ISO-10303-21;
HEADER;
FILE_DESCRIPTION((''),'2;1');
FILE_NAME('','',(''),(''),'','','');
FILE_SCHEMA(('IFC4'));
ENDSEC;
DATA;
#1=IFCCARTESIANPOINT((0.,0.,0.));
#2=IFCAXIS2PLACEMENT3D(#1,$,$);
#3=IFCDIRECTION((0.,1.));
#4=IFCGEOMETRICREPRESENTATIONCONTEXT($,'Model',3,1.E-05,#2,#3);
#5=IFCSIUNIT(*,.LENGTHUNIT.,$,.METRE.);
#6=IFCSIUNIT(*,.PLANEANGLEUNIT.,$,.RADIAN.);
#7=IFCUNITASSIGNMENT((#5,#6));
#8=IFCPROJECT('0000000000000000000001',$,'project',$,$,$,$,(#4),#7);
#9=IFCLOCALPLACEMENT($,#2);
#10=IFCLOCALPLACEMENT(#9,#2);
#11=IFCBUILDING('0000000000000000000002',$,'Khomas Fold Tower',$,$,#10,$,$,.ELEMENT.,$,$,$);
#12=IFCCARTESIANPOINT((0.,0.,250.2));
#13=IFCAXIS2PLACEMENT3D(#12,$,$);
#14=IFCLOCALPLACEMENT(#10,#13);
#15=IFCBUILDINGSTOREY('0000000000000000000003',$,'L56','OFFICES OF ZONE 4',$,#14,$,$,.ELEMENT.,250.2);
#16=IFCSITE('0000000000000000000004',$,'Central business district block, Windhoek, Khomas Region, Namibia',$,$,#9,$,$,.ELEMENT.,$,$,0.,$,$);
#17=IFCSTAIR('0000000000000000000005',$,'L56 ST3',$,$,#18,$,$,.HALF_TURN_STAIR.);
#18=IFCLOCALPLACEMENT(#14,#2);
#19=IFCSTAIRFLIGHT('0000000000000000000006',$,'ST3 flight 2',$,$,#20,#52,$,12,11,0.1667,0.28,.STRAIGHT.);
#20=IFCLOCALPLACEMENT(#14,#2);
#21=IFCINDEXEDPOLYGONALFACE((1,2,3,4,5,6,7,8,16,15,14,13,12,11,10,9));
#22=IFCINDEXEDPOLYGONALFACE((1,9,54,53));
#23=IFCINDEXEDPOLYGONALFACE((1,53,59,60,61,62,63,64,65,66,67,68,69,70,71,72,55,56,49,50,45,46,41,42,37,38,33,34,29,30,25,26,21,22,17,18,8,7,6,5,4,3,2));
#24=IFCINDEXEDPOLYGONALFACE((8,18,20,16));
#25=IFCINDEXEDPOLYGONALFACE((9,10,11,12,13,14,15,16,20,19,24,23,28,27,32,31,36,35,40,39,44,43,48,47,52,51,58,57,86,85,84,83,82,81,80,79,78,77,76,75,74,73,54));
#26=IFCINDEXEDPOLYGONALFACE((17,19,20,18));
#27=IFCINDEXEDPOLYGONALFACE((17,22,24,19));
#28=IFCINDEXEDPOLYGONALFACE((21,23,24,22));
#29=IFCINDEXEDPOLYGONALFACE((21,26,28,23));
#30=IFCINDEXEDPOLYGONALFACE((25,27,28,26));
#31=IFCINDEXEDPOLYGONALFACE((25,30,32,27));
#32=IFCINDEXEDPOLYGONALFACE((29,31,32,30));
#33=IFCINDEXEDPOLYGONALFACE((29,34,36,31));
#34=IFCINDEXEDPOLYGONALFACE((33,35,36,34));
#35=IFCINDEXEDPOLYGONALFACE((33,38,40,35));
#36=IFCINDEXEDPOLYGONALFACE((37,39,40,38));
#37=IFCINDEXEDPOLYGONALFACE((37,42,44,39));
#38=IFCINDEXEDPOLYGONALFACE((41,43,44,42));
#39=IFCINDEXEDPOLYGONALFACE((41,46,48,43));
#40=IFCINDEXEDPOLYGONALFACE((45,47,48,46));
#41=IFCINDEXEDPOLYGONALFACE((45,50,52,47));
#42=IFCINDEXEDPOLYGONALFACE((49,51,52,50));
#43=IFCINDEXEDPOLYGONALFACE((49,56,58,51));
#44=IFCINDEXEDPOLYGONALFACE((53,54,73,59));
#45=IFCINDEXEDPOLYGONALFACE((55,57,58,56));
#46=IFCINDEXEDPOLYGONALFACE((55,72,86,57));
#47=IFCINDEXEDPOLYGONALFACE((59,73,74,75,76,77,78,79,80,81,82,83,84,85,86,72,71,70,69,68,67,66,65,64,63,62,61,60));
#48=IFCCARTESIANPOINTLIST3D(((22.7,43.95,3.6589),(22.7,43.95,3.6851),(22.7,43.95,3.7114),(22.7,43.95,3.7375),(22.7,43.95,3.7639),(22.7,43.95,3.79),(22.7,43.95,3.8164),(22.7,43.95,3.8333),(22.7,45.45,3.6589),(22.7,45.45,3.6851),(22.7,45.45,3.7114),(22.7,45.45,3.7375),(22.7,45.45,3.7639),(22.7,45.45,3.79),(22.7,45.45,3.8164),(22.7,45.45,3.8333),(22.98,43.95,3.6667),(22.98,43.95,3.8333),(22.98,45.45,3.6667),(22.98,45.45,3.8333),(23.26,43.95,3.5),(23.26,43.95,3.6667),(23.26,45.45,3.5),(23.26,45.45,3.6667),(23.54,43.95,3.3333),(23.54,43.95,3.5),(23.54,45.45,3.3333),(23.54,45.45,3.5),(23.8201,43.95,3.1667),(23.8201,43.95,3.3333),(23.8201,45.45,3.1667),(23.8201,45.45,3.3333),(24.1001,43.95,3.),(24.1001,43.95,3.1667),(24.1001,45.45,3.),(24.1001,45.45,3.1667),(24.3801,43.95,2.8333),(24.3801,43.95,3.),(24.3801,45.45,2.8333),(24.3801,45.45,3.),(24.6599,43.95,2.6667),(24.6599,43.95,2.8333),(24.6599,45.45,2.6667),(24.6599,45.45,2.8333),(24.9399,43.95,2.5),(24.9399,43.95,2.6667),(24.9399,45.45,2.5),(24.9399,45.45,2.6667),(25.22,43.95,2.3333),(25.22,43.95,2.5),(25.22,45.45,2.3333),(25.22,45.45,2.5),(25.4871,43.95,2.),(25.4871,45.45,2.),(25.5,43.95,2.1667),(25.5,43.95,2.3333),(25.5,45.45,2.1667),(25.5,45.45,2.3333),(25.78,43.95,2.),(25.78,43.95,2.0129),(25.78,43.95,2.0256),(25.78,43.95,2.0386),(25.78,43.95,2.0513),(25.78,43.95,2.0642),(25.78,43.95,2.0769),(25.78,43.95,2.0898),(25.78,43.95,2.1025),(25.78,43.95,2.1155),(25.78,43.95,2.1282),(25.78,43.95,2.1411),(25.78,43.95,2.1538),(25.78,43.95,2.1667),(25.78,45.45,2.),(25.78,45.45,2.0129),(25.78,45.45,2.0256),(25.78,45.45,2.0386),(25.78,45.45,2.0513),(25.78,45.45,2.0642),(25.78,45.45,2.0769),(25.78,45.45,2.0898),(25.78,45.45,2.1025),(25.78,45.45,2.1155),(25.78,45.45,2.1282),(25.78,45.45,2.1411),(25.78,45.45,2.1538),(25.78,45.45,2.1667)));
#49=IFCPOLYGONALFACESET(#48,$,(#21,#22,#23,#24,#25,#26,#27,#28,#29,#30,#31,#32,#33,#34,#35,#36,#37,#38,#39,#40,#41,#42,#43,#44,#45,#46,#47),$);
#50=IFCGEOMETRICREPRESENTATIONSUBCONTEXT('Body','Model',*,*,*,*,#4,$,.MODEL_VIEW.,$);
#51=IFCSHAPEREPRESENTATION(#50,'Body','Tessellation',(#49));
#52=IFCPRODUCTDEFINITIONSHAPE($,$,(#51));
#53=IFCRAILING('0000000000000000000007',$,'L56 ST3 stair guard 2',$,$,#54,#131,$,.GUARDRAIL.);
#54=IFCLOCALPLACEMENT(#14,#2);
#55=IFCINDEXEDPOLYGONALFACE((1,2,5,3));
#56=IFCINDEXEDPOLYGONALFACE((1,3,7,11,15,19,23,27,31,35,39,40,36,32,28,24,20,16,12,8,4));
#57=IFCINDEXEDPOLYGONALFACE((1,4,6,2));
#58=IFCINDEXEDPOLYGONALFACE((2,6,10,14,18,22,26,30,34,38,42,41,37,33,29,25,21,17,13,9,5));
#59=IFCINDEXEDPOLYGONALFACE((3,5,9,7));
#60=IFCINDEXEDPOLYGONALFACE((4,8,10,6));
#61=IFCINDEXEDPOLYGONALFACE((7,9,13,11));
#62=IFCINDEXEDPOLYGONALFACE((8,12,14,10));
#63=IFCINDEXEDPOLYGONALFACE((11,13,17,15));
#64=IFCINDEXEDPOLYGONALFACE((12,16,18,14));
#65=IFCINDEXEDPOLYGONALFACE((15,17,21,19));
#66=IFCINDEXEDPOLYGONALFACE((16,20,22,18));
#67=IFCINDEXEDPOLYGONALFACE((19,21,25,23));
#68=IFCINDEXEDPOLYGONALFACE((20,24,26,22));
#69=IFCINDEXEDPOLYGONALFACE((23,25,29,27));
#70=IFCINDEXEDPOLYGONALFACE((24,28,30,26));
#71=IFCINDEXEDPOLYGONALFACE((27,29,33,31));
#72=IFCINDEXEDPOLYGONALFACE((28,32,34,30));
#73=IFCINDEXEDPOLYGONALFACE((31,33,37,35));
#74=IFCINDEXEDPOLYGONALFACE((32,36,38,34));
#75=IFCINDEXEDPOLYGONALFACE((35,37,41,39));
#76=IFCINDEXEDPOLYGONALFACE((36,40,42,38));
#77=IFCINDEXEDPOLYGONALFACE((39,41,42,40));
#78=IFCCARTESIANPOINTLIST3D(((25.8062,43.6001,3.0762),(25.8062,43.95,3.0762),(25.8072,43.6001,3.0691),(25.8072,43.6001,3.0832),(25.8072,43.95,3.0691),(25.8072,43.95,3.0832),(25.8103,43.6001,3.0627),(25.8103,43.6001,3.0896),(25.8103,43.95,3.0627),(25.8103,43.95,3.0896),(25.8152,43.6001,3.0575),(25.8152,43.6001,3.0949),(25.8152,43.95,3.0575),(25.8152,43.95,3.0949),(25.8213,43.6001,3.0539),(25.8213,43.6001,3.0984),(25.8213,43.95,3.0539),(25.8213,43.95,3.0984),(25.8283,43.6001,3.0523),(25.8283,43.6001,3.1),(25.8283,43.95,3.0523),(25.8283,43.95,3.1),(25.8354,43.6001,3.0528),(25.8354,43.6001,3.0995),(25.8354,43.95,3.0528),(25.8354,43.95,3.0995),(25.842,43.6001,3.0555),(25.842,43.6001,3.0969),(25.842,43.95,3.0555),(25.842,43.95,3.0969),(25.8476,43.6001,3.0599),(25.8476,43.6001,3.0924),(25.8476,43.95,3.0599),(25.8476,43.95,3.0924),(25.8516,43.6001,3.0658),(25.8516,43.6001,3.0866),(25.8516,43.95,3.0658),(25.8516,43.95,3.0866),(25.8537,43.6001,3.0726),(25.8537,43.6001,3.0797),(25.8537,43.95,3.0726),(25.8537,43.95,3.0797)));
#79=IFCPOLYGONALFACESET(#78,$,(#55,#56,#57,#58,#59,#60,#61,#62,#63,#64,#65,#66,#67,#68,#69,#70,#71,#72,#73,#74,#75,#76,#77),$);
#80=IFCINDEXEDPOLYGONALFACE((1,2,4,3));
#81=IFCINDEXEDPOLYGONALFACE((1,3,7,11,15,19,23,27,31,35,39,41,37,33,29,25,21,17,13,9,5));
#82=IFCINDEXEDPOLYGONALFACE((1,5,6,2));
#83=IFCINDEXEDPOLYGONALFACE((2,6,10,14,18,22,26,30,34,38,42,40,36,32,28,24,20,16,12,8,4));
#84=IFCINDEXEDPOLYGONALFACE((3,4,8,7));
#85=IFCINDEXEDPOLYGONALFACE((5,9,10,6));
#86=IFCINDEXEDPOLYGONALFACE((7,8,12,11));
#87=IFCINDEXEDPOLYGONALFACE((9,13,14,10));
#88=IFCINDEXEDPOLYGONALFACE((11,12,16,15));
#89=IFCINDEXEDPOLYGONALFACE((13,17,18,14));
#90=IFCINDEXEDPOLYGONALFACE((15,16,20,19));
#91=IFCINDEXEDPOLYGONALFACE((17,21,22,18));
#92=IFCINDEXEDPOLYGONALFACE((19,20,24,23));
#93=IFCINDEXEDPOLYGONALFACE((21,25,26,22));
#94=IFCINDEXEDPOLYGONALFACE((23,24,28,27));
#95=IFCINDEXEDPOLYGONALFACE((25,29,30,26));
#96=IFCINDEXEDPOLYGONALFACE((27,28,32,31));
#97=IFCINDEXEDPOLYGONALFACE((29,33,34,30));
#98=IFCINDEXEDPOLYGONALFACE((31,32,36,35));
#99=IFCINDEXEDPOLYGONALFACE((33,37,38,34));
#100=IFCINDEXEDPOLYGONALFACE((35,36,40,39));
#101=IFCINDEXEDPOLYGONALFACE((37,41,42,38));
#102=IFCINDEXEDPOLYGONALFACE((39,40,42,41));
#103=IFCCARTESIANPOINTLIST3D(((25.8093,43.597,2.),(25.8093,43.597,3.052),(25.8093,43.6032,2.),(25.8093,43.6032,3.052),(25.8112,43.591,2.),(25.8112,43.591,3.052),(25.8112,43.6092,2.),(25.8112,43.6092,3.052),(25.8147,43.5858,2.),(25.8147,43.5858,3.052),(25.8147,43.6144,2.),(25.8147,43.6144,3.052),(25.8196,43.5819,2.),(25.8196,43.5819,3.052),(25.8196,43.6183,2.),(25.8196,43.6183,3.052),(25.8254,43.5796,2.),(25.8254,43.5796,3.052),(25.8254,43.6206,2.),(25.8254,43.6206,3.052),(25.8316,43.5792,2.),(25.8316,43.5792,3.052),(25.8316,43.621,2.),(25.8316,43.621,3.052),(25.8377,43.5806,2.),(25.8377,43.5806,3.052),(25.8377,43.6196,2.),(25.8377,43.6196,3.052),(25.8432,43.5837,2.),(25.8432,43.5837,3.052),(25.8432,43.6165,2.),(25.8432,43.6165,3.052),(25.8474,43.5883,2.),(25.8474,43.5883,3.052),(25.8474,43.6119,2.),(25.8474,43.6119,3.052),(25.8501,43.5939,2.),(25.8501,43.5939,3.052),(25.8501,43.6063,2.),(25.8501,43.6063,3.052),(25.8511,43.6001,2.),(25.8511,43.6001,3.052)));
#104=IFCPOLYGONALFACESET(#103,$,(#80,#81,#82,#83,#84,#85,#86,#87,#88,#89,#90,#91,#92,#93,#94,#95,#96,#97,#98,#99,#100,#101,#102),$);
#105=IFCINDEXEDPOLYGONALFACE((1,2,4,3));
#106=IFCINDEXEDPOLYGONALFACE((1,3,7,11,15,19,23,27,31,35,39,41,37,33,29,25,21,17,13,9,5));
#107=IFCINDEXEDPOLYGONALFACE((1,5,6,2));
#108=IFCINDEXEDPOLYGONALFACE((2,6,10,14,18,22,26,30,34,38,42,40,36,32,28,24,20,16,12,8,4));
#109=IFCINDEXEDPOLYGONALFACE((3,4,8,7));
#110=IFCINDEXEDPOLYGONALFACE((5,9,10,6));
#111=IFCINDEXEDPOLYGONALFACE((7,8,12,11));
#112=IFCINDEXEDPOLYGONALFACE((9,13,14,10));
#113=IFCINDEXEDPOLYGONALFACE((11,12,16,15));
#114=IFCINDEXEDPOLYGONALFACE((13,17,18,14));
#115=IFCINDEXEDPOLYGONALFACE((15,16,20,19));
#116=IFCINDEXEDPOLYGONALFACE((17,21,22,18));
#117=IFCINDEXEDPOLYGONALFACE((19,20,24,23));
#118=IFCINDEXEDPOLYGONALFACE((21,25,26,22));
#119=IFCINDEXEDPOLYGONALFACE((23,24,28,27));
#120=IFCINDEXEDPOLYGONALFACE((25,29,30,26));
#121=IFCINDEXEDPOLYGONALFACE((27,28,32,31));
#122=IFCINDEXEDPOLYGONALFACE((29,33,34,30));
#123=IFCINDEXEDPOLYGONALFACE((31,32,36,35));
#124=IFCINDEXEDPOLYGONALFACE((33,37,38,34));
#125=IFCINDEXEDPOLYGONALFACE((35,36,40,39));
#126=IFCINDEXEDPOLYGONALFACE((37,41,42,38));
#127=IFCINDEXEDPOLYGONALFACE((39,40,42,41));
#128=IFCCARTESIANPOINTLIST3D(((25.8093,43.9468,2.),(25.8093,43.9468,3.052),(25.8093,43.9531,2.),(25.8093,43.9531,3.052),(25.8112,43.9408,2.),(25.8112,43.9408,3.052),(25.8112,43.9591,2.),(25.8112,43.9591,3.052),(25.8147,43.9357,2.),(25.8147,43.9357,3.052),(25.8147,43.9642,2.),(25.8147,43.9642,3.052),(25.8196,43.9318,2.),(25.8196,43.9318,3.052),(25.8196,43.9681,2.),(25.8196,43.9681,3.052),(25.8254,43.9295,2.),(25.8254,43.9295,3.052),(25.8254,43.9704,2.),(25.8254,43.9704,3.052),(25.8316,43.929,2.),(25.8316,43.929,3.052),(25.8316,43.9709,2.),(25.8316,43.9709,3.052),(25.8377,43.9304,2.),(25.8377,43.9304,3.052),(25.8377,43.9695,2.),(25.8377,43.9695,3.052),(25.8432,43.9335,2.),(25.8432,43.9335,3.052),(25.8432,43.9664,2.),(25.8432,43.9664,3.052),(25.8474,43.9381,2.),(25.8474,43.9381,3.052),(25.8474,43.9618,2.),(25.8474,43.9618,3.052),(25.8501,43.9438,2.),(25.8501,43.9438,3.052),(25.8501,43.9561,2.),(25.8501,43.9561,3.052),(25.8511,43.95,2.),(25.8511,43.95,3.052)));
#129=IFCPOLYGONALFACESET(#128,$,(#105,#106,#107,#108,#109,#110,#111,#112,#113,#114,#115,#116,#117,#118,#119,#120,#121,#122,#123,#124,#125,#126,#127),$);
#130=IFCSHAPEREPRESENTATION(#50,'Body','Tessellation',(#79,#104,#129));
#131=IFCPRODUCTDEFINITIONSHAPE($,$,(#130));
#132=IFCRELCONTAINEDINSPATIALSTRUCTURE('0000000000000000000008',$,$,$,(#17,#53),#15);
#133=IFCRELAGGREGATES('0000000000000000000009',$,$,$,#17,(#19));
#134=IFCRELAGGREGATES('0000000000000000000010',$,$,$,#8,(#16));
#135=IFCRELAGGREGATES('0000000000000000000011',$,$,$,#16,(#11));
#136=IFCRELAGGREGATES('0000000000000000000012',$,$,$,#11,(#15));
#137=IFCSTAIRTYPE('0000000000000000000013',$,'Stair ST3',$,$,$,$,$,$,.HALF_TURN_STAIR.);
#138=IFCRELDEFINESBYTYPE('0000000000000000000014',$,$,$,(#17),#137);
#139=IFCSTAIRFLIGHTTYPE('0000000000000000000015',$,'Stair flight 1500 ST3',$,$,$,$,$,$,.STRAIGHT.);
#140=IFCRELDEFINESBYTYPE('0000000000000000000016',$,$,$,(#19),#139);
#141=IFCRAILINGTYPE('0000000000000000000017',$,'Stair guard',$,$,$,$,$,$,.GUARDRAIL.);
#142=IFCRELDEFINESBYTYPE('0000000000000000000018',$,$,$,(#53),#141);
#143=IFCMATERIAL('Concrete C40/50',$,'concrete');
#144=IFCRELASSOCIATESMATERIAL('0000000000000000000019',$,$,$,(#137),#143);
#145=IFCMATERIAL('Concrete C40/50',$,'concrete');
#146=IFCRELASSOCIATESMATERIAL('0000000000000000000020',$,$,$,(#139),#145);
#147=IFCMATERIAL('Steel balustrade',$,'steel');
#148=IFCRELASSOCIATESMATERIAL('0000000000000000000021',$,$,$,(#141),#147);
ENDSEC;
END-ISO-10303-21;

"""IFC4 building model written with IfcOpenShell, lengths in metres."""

from ifc_helpers import new_model, si_unit, direction, frame, origin, origin_2d, place, context, subcontext, project, spatial, polyline, circle, outline, extrude, source, transform, mapped, material, type_object, element, aggregate, save


model = new_model("IFC4")

# Units and contexts
model_context = context("Model", 3, precision=1e-05, world=origin(), true_north=direction((0.0, 1.0)))
body_context = subcontext(model_context, "Body", "Model", "MODEL_VIEW")
ifc_project = project(units=[si_unit("LENGTHUNIT", "METRE"), si_unit("PLANEANGLEUNIT", "RADIAN")], contexts=[model_context])

# Site, building, storey
site_placement = place(None, origin())
site = spatial("IfcSite", under=ifc_project, at=site_placement, Name="Central business district block, Windhoek, Khomas Region, Namibia", CompositionType="ELEMENT", RefElevation=0.0)
building_placement = place(site_placement, origin())
building = spatial("IfcBuilding", under=site, at=building_placement, Name="Khomas Fold Tower", CompositionType="ELEMENT")
storey_placement = place(building_placement, frame((0.0, 0.0, 250.2)))
storey = spatial("IfcBuildingStorey", under=building, at=storey_placement, Name="L56", Description="OFFICES OF ZONE 4", CompositionType="ELEMENT", Elevation=250.2)

# Stair, stair flight
ifc_material_1 = material(Name="Concrete C40/50", Category="concrete")
stair_type = type_object("IfcStairType", Name="Stair ST3", PredefinedType="HALF_TURN_STAIR", material=ifc_material_1)
stair_placement = place(storey_placement, origin())
stair = element("IfcStair", 1, at=stair_placement, inside=storey, type_object=stair_type, Name="L56 ST3", PredefinedType="HALF_TURN_STAIR")
ifc_material_2 = material(Name="Concrete C40/50", Category="concrete")
stair_flight_type = type_object("IfcStairFlightType", Name="Stair flight 1500 ST3", PredefinedType="STRAIGHT", material=ifc_material_2)
shared_shape_1 = source(origin(), body_context, "Body", "SweptSolid", [
    extrude(outline(polyline([(0.0, 0.0), (0.0, 0.0129), (0.0, 0.0256), (0.0, 0.0386), (0.0, 0.0513), (0.0, 0.0642), (0.0, 0.0769), (0.0, 0.0898), (0.0, 0.1025), (0.0, 0.1155), (0.0, 0.1282), (0.0, 0.1411), (0.0, 0.1538), (0.0, 0.1667), (0.28, 0.1667), (0.28, 0.3333), (0.5601, 0.3333), (0.5601, 0.5), (0.8401, 0.5), (0.8401, 0.6667), (1.1201, 0.6667), (1.1201, 0.8333), (1.3999, 0.8333), (1.3999, 1.0), (1.6799, 1.0), (1.6799, 1.1667), (1.96, 1.1667), (1.96, 1.3333), (2.24, 1.3333), (2.24, 1.5), (2.52, 1.5), (2.52, 1.6667), (2.8, 1.6667), (2.8, 1.8333), (3.0801, 1.8333), (3.0801, 2.0), (3.0801, 1.9739), (3.0801, 1.9475), (3.0801, 1.9214), (3.0801, 1.895), (3.0801, 1.8689), (3.0801, 1.8425), (3.0801, 1.8164), (3.0801, 1.79), (3.0801, 1.7639), (3.0801, 1.7375), (3.0801, 1.7114), (3.0801, 1.6851), (3.0801, 1.6589), (0.293, 0.0), (0.0, 0.0)])), frame((0.0, 0.75, 0.0), z_axis=(0.0, -1.0, 0.0), x_axis=(1.0, 0.0, 0.0)), (0.0, 0.0, 1.0), 1.5),
])
stair_flight_1_placement = place(storey_placement, frame((25.78, 44.7, 2.0), z_axis=(0.0, 0.0, 1.0), x_axis=(-1.0, 0.0, 0.0)))
stair_flight_1 = element("IfcStairFlight", 2, at=stair_flight_1_placement, type_object=stair_flight_type, Name="ST3 flight 2", NumberOfRisers=12, NumberOfTreads=11, PredefinedType="STRAIGHT", RiserHeight=0.1667, TreadLength=0.28, context=body_context, shape_type="MappedRepresentation", body=[
    mapped(shared_shape_1, transform((0.0, 0.0, 0.0))),
])
aggregate(stair, [stair_flight_1])

# Railing
ifc_material_3 = material(Name="Steel balustrade", Category="steel")
railing_type_1 = type_object("IfcRailingType", Name="Stair guard", PredefinedType="GUARDRAIL", material=ifc_material_3)
shared_shape_2 = source(origin(), body_context, "Body", "SweptSolid", [
    extrude(circle(Radius=0.0239, at=origin_2d()), frame((0.0, 0.0, 1.0762), z_axis=(0.0, 1.0, 0.0), x_axis=(-1.0, 0.0, 0.0)), (0.0, 0.0, 1.0), 0.3499),
    extrude(circle(Radius=0.021, at=origin_2d()), origin(), (0.0, 0.0, 1.0), 1.052),
    extrude(circle(Radius=0.021, at=origin_2d()), frame((0.0, 0.3499, 0.0)), (0.0, 0.0, 1.0), 1.052),
])
for number, where, name in (
    (3, (25.8301, 43.6001, 2.0), "L56 ST3 stair guard 2"),
):
    element("IfcRailing", number, at=place(storey_placement, frame(where)), inside=storey, type_object=railing_type_1, Name=name, PredefinedType="GUARDRAIL", context=body_context, shape_type="MappedRepresentation", body=[
        mapped(shared_shape_2, transform((0.0, 0.0, 0.0))),
    ])

save(model, "model.ifc")
